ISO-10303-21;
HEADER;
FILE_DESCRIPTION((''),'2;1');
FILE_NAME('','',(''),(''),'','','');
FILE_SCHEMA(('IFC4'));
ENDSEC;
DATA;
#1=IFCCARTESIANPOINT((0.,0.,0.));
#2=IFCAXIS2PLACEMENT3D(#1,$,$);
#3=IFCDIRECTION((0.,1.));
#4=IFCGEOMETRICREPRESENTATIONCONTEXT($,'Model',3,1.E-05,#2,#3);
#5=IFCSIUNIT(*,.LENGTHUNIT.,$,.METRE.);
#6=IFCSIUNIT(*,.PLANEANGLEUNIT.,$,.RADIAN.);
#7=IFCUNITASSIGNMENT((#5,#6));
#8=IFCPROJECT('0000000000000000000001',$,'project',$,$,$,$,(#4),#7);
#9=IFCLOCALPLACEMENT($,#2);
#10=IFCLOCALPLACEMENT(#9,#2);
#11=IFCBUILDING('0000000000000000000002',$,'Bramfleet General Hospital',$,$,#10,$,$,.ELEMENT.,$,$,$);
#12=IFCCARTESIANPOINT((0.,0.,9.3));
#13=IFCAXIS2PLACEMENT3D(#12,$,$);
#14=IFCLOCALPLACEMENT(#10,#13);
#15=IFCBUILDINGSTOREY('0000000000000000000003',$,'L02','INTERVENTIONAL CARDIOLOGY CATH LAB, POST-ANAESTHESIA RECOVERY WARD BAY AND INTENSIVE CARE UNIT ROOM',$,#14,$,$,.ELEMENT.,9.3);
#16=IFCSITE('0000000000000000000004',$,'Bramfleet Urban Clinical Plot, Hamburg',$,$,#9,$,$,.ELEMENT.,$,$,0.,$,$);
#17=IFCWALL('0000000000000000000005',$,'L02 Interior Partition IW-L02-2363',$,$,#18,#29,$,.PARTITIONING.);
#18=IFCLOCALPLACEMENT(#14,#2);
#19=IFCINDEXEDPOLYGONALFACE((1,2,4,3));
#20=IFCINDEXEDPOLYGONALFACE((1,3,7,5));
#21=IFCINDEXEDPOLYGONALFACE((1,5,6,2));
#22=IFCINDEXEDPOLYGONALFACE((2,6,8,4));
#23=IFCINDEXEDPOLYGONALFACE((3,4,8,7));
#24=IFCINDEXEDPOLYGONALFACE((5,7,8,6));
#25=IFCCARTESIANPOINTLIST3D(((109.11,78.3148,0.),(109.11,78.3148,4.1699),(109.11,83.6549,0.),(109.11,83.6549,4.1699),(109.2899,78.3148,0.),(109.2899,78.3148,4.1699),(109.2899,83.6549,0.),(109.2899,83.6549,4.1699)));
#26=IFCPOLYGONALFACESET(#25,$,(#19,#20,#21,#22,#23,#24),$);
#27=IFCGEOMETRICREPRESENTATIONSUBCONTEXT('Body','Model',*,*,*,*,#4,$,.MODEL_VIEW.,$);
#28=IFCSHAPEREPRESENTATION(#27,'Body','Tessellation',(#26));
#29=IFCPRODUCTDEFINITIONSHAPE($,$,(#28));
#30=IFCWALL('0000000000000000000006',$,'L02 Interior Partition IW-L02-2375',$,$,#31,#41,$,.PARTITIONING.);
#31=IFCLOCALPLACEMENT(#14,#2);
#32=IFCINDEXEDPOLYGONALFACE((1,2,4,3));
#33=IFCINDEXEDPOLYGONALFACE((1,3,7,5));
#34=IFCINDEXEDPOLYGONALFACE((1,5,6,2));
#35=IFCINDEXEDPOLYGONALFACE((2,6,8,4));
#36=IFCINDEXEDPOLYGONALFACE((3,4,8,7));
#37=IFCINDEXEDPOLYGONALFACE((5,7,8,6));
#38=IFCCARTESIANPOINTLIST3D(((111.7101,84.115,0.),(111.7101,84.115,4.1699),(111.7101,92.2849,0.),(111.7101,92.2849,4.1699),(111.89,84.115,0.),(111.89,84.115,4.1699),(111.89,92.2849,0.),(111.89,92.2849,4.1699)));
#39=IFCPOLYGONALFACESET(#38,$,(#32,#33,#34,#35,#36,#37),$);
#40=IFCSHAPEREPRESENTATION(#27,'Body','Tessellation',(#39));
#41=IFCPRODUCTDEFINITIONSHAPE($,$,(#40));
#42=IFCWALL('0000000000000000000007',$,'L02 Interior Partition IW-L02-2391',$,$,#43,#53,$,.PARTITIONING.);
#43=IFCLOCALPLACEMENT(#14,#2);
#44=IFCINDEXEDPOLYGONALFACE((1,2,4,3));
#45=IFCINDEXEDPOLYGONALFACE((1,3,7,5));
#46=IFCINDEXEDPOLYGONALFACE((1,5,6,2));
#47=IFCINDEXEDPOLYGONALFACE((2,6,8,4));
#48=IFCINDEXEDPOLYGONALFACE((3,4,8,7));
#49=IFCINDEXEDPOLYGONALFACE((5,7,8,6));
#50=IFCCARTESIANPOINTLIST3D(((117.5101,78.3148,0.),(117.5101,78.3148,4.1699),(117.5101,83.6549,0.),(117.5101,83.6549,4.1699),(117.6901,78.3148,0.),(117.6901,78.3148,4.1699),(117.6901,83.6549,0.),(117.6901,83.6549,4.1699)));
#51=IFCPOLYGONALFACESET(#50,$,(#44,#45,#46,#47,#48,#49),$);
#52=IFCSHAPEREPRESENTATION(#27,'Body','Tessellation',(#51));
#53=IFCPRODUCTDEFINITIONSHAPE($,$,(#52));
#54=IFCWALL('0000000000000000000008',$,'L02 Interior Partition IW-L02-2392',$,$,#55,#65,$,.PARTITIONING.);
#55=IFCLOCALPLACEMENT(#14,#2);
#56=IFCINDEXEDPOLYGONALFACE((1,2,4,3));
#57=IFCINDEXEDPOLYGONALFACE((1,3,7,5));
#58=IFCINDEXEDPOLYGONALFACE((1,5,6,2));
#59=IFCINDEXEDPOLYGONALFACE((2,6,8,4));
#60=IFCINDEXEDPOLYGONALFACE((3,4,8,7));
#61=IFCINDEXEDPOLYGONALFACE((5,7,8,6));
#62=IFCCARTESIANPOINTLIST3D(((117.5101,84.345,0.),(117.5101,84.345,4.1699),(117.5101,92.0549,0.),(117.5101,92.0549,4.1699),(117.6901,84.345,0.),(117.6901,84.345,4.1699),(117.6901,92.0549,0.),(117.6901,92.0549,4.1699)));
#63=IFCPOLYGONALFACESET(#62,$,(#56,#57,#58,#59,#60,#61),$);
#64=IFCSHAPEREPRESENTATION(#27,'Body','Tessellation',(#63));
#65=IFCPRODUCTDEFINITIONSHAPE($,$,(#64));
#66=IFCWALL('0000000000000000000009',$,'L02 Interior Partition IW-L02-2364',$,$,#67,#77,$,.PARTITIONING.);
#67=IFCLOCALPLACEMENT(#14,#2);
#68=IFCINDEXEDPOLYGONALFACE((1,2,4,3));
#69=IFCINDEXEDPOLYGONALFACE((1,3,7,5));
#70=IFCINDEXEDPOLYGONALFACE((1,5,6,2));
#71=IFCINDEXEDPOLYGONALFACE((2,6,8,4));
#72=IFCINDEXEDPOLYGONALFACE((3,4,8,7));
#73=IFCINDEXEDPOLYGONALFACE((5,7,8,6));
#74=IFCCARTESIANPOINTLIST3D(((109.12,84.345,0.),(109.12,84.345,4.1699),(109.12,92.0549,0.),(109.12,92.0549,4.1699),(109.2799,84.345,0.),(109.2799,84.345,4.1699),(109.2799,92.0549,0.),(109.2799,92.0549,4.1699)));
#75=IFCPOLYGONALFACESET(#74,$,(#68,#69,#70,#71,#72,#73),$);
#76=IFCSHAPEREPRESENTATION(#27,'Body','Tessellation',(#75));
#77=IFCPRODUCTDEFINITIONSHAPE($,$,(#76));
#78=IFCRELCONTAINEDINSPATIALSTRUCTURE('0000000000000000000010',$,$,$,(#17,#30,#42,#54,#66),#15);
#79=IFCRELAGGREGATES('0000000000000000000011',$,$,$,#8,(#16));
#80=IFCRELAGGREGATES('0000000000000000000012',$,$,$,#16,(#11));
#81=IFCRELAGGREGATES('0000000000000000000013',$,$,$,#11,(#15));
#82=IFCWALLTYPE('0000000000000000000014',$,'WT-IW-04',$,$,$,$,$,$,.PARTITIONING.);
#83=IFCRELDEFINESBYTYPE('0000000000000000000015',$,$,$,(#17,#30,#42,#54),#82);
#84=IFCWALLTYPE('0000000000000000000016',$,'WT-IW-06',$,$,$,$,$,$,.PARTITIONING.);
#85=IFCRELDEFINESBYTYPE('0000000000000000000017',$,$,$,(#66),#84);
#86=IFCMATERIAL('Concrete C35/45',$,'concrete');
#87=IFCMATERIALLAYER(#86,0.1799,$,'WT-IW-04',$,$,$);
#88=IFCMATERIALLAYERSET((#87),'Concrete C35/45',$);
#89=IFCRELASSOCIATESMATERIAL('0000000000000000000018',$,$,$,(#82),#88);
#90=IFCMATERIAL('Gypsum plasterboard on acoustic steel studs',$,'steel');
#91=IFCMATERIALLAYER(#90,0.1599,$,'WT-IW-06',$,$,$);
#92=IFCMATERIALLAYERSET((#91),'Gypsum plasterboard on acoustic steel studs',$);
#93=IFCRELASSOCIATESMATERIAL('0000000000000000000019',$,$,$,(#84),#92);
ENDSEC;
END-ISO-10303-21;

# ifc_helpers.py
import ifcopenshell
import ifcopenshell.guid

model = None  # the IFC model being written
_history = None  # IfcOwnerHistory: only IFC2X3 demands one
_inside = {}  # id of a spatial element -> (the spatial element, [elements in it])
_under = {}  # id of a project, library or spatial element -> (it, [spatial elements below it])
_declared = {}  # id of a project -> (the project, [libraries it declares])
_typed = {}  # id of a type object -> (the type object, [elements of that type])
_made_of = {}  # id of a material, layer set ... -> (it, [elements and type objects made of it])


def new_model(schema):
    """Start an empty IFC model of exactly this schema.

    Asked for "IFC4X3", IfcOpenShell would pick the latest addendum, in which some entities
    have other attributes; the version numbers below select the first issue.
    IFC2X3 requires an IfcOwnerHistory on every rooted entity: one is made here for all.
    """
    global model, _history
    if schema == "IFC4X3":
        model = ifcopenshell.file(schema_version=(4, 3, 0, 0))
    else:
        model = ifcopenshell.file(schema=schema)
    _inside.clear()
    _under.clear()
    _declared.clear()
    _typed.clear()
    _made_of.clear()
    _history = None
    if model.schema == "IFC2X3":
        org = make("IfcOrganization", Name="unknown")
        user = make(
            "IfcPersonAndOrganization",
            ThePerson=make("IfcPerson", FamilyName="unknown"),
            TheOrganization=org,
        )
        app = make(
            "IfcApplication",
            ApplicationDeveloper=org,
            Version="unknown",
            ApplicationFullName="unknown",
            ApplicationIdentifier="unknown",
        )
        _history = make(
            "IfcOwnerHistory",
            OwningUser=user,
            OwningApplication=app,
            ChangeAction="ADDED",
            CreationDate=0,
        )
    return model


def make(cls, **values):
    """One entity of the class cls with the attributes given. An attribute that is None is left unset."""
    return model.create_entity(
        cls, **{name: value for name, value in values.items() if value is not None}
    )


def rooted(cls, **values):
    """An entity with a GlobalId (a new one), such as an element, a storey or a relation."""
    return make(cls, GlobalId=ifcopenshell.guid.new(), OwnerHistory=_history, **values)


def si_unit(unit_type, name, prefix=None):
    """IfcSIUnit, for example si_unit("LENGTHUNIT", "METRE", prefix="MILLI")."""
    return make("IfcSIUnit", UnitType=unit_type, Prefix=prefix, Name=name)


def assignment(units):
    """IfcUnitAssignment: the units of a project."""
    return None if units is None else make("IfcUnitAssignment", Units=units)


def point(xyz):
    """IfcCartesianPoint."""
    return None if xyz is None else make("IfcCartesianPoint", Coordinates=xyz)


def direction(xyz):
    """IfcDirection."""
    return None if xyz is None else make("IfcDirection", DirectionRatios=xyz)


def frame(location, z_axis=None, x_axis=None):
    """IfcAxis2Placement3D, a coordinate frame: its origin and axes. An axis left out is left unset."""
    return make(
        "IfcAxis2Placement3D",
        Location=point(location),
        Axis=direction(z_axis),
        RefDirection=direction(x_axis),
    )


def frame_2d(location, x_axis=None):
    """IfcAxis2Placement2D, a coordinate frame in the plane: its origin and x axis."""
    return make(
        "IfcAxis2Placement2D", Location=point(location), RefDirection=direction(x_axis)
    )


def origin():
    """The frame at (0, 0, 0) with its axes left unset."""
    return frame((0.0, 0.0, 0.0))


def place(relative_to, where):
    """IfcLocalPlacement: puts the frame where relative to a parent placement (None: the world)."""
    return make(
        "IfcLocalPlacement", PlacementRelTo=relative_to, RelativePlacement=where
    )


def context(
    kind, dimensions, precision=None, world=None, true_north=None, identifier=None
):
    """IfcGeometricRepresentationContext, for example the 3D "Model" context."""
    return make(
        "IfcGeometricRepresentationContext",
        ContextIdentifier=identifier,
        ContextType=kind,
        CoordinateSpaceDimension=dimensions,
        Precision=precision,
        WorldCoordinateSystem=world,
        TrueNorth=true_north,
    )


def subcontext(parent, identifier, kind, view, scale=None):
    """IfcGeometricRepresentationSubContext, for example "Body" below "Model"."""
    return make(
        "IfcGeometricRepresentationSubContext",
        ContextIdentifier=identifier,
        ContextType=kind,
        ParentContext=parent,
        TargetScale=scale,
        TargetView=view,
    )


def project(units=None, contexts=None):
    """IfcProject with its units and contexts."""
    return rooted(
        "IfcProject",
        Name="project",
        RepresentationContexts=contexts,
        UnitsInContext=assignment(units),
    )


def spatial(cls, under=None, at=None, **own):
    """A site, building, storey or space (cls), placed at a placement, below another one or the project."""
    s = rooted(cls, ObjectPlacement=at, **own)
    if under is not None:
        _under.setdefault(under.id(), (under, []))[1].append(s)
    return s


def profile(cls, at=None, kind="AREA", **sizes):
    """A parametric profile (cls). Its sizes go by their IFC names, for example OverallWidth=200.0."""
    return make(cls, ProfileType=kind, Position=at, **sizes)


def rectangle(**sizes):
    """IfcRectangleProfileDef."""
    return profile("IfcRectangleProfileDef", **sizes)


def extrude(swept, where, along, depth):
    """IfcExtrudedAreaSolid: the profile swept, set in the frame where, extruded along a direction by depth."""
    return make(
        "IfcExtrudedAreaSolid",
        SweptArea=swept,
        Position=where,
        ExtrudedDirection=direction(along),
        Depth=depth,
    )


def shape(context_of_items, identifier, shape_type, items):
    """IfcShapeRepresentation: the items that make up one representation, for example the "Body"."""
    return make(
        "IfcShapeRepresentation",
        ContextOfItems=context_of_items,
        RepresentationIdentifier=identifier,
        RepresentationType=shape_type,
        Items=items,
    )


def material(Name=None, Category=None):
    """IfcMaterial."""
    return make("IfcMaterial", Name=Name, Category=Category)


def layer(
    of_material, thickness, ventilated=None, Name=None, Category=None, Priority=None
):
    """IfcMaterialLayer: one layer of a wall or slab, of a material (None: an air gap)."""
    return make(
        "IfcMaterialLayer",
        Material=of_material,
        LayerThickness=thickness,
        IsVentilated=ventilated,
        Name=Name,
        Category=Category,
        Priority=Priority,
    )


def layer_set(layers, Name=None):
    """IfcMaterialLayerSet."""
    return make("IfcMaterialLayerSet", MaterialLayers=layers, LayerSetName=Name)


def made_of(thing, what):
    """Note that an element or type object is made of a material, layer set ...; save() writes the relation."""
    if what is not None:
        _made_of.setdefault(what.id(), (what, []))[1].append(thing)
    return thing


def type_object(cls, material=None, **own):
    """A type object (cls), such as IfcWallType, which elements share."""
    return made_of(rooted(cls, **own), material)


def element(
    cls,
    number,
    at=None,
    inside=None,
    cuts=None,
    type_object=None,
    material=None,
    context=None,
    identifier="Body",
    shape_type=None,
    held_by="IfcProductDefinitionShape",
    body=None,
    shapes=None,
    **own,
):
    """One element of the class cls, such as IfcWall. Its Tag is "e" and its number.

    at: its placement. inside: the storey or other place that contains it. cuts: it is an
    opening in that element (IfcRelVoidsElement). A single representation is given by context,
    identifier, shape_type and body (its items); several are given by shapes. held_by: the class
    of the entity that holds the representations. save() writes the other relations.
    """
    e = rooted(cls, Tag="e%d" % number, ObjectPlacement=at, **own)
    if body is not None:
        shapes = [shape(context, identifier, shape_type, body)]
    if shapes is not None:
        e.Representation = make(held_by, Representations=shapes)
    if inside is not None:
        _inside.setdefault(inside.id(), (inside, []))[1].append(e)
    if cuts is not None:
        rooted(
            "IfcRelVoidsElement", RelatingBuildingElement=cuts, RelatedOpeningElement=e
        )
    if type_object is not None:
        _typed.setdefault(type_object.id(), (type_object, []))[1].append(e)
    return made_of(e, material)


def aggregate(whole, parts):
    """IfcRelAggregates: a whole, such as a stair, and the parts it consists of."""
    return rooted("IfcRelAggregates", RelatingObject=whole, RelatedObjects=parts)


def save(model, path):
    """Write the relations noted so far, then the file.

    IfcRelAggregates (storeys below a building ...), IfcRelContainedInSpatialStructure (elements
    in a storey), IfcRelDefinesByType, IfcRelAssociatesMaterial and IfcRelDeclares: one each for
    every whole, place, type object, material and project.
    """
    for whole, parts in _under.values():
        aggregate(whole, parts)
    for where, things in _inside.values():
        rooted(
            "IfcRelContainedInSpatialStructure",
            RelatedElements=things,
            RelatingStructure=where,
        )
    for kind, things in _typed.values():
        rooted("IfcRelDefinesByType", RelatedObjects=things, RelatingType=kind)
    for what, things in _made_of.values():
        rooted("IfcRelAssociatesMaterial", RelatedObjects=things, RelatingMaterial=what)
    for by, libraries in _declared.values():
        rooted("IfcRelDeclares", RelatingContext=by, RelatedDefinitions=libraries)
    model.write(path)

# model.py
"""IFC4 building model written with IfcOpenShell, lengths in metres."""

from ifc_helpers import new_model, si_unit, direction, frame, frame_2d, origin, place, context, subcontext, project, spatial, rectangle, extrude, material, layer, layer_set, type_object, element, save


model = new_model("IFC4")

# Units and contexts
model_context = context("Model", 3, precision=1e-05, world=origin(), true_north=direction((0.0, 1.0)))
body_context = subcontext(model_context, "Body", "Model", "MODEL_VIEW")
ifc_project = project(units=[si_unit("LENGTHUNIT", "METRE"), si_unit("PLANEANGLEUNIT", "RADIAN")], contexts=[model_context])

# Site, building, storey
site_placement = place(None, origin())
site = spatial("IfcSite", under=ifc_project, at=site_placement, Name="Bramfleet Urban Clinical Plot, Hamburg", CompositionType="ELEMENT", RefElevation=0.0)
building_placement = place(site_placement, origin())
building = spatial("IfcBuilding", under=site, at=building_placement, Name="Bramfleet General Hospital", CompositionType="ELEMENT")
storey_placement = place(building_placement, frame((0.0, 0.0, 9.3)))
storey = spatial("IfcBuildingStorey", under=building, at=storey_placement, Name="L02", Description="INTERVENTIONAL CARDIOLOGY CATH LAB, POST-ANAESTHESIA RECOVERY WARD BAY AND INTENSIVE CARE UNIT ROOM", CompositionType="ELEMENT", Elevation=9.3)

# Shared definitions
ifc_material_1 = material(Name="Concrete C35/45", Category="concrete")

# Shared definitions
ifc_layer_1 = layer(ifc_material_1, 0.1799, Name="WT-IW-04")
ifc_layer_set_1 = layer_set([ifc_layer_1], Name="Concrete C35/45")
wall_type_1 = type_object("IfcWallType", Name="WT-IW-04", PredefinedType="PARTITIONING", material=ifc_layer_set_1)

# Walls
wall_1_placement = place(storey_placement, frame((109.2, 78.3149, 0.0), z_axis=(0.0, 0.0, 1.0), x_axis=(0.0, 1.0, 0.0)))
element("IfcWall", 1, at=wall_1_placement, inside=storey, type_object=wall_type_1, Name="L02 Interior Partition IW-L02-2363", PredefinedType="PARTITIONING", context=body_context, shape_type="SweptSolid", body=[
    extrude(rectangle(XDim=5.3401, YDim=0.1799, at=frame_2d((2.6699, 0.0))), origin(), (0.0, 0.0, 1.0), 4.1699),
])
wall_2_placement = place(storey_placement, frame((111.8, 84.115, 0.0), z_axis=(0.0, 0.0, 1.0), x_axis=(0.0, 1.0, 0.0)))
element("IfcWall", 2, at=wall_2_placement, inside=storey, type_object=wall_type_1, Name="L02 Interior Partition IW-L02-2375", PredefinedType="PARTITIONING", context=body_context, shape_type="SweptSolid", body=[
    extrude(rectangle(XDim=8.1699, YDim=0.1799, at=frame_2d((4.085, 0.0))), origin(), (0.0, 0.0, 1.0), 4.1699),
])
wall_3_placement = place(storey_placement, frame((117.6001, 78.3149, 0.0), z_axis=(0.0, 0.0, 1.0), x_axis=(0.0, 1.0, 0.0)))
element("IfcWall", 3, at=wall_3_placement, inside=storey, type_object=wall_type_1, Name="L02 Interior Partition IW-L02-2391", PredefinedType="PARTITIONING", context=body_context, shape_type="SweptSolid", body=[
    extrude(rectangle(XDim=5.3401, YDim=0.1799, at=frame_2d((2.6699, 0.0))), origin(), (0.0, 0.0, 1.0), 4.1699),
])
wall_4_placement = place(storey_placement, frame((117.6001, 84.345, 0.0), z_axis=(0.0, 0.0, 1.0), x_axis=(0.0, 1.0, 0.0)))
element("IfcWall", 4, at=wall_4_placement, inside=storey, type_object=wall_type_1, Name="L02 Interior Partition IW-L02-2392", PredefinedType="PARTITIONING", context=body_context, shape_type="SweptSolid", body=[
    extrude(rectangle(XDim=7.71, YDim=0.1799, at=frame_2d((3.855, 0.0))), origin(), (0.0, 0.0, 1.0), 4.1699),
])
ifc_material_2 = material(Name="Gypsum plasterboard on acoustic steel studs", Category="steel")
ifc_layer_2 = layer(ifc_material_2, 0.1599, Name="WT-IW-06")
ifc_layer_set_2 = layer_set([ifc_layer_2], Name="Gypsum plasterboard on acoustic steel studs")
wall_type_2 = type_object("IfcWallType", Name="WT-IW-06", PredefinedType="PARTITIONING", material=ifc_layer_set_2)
wall_5_placement = place(storey_placement, frame((109.2, 84.345, 0.0), z_axis=(0.0, 0.0, 1.0), x_axis=(0.0, 1.0, 0.0)))
element("IfcWall", 5, at=wall_5_placement, inside=storey, type_object=wall_type_2, Name="L02 Interior Partition IW-L02-2364", PredefinedType="PARTITIONING", context=body_context, shape_type="SweptSolid", body=[
    extrude(rectangle(XDim=7.71, YDim=0.1599, at=frame_2d((3.855, 0.0))), origin(), (0.0, 0.0, 1.0), 4.1699),
])

save(model, "model.ifc")
